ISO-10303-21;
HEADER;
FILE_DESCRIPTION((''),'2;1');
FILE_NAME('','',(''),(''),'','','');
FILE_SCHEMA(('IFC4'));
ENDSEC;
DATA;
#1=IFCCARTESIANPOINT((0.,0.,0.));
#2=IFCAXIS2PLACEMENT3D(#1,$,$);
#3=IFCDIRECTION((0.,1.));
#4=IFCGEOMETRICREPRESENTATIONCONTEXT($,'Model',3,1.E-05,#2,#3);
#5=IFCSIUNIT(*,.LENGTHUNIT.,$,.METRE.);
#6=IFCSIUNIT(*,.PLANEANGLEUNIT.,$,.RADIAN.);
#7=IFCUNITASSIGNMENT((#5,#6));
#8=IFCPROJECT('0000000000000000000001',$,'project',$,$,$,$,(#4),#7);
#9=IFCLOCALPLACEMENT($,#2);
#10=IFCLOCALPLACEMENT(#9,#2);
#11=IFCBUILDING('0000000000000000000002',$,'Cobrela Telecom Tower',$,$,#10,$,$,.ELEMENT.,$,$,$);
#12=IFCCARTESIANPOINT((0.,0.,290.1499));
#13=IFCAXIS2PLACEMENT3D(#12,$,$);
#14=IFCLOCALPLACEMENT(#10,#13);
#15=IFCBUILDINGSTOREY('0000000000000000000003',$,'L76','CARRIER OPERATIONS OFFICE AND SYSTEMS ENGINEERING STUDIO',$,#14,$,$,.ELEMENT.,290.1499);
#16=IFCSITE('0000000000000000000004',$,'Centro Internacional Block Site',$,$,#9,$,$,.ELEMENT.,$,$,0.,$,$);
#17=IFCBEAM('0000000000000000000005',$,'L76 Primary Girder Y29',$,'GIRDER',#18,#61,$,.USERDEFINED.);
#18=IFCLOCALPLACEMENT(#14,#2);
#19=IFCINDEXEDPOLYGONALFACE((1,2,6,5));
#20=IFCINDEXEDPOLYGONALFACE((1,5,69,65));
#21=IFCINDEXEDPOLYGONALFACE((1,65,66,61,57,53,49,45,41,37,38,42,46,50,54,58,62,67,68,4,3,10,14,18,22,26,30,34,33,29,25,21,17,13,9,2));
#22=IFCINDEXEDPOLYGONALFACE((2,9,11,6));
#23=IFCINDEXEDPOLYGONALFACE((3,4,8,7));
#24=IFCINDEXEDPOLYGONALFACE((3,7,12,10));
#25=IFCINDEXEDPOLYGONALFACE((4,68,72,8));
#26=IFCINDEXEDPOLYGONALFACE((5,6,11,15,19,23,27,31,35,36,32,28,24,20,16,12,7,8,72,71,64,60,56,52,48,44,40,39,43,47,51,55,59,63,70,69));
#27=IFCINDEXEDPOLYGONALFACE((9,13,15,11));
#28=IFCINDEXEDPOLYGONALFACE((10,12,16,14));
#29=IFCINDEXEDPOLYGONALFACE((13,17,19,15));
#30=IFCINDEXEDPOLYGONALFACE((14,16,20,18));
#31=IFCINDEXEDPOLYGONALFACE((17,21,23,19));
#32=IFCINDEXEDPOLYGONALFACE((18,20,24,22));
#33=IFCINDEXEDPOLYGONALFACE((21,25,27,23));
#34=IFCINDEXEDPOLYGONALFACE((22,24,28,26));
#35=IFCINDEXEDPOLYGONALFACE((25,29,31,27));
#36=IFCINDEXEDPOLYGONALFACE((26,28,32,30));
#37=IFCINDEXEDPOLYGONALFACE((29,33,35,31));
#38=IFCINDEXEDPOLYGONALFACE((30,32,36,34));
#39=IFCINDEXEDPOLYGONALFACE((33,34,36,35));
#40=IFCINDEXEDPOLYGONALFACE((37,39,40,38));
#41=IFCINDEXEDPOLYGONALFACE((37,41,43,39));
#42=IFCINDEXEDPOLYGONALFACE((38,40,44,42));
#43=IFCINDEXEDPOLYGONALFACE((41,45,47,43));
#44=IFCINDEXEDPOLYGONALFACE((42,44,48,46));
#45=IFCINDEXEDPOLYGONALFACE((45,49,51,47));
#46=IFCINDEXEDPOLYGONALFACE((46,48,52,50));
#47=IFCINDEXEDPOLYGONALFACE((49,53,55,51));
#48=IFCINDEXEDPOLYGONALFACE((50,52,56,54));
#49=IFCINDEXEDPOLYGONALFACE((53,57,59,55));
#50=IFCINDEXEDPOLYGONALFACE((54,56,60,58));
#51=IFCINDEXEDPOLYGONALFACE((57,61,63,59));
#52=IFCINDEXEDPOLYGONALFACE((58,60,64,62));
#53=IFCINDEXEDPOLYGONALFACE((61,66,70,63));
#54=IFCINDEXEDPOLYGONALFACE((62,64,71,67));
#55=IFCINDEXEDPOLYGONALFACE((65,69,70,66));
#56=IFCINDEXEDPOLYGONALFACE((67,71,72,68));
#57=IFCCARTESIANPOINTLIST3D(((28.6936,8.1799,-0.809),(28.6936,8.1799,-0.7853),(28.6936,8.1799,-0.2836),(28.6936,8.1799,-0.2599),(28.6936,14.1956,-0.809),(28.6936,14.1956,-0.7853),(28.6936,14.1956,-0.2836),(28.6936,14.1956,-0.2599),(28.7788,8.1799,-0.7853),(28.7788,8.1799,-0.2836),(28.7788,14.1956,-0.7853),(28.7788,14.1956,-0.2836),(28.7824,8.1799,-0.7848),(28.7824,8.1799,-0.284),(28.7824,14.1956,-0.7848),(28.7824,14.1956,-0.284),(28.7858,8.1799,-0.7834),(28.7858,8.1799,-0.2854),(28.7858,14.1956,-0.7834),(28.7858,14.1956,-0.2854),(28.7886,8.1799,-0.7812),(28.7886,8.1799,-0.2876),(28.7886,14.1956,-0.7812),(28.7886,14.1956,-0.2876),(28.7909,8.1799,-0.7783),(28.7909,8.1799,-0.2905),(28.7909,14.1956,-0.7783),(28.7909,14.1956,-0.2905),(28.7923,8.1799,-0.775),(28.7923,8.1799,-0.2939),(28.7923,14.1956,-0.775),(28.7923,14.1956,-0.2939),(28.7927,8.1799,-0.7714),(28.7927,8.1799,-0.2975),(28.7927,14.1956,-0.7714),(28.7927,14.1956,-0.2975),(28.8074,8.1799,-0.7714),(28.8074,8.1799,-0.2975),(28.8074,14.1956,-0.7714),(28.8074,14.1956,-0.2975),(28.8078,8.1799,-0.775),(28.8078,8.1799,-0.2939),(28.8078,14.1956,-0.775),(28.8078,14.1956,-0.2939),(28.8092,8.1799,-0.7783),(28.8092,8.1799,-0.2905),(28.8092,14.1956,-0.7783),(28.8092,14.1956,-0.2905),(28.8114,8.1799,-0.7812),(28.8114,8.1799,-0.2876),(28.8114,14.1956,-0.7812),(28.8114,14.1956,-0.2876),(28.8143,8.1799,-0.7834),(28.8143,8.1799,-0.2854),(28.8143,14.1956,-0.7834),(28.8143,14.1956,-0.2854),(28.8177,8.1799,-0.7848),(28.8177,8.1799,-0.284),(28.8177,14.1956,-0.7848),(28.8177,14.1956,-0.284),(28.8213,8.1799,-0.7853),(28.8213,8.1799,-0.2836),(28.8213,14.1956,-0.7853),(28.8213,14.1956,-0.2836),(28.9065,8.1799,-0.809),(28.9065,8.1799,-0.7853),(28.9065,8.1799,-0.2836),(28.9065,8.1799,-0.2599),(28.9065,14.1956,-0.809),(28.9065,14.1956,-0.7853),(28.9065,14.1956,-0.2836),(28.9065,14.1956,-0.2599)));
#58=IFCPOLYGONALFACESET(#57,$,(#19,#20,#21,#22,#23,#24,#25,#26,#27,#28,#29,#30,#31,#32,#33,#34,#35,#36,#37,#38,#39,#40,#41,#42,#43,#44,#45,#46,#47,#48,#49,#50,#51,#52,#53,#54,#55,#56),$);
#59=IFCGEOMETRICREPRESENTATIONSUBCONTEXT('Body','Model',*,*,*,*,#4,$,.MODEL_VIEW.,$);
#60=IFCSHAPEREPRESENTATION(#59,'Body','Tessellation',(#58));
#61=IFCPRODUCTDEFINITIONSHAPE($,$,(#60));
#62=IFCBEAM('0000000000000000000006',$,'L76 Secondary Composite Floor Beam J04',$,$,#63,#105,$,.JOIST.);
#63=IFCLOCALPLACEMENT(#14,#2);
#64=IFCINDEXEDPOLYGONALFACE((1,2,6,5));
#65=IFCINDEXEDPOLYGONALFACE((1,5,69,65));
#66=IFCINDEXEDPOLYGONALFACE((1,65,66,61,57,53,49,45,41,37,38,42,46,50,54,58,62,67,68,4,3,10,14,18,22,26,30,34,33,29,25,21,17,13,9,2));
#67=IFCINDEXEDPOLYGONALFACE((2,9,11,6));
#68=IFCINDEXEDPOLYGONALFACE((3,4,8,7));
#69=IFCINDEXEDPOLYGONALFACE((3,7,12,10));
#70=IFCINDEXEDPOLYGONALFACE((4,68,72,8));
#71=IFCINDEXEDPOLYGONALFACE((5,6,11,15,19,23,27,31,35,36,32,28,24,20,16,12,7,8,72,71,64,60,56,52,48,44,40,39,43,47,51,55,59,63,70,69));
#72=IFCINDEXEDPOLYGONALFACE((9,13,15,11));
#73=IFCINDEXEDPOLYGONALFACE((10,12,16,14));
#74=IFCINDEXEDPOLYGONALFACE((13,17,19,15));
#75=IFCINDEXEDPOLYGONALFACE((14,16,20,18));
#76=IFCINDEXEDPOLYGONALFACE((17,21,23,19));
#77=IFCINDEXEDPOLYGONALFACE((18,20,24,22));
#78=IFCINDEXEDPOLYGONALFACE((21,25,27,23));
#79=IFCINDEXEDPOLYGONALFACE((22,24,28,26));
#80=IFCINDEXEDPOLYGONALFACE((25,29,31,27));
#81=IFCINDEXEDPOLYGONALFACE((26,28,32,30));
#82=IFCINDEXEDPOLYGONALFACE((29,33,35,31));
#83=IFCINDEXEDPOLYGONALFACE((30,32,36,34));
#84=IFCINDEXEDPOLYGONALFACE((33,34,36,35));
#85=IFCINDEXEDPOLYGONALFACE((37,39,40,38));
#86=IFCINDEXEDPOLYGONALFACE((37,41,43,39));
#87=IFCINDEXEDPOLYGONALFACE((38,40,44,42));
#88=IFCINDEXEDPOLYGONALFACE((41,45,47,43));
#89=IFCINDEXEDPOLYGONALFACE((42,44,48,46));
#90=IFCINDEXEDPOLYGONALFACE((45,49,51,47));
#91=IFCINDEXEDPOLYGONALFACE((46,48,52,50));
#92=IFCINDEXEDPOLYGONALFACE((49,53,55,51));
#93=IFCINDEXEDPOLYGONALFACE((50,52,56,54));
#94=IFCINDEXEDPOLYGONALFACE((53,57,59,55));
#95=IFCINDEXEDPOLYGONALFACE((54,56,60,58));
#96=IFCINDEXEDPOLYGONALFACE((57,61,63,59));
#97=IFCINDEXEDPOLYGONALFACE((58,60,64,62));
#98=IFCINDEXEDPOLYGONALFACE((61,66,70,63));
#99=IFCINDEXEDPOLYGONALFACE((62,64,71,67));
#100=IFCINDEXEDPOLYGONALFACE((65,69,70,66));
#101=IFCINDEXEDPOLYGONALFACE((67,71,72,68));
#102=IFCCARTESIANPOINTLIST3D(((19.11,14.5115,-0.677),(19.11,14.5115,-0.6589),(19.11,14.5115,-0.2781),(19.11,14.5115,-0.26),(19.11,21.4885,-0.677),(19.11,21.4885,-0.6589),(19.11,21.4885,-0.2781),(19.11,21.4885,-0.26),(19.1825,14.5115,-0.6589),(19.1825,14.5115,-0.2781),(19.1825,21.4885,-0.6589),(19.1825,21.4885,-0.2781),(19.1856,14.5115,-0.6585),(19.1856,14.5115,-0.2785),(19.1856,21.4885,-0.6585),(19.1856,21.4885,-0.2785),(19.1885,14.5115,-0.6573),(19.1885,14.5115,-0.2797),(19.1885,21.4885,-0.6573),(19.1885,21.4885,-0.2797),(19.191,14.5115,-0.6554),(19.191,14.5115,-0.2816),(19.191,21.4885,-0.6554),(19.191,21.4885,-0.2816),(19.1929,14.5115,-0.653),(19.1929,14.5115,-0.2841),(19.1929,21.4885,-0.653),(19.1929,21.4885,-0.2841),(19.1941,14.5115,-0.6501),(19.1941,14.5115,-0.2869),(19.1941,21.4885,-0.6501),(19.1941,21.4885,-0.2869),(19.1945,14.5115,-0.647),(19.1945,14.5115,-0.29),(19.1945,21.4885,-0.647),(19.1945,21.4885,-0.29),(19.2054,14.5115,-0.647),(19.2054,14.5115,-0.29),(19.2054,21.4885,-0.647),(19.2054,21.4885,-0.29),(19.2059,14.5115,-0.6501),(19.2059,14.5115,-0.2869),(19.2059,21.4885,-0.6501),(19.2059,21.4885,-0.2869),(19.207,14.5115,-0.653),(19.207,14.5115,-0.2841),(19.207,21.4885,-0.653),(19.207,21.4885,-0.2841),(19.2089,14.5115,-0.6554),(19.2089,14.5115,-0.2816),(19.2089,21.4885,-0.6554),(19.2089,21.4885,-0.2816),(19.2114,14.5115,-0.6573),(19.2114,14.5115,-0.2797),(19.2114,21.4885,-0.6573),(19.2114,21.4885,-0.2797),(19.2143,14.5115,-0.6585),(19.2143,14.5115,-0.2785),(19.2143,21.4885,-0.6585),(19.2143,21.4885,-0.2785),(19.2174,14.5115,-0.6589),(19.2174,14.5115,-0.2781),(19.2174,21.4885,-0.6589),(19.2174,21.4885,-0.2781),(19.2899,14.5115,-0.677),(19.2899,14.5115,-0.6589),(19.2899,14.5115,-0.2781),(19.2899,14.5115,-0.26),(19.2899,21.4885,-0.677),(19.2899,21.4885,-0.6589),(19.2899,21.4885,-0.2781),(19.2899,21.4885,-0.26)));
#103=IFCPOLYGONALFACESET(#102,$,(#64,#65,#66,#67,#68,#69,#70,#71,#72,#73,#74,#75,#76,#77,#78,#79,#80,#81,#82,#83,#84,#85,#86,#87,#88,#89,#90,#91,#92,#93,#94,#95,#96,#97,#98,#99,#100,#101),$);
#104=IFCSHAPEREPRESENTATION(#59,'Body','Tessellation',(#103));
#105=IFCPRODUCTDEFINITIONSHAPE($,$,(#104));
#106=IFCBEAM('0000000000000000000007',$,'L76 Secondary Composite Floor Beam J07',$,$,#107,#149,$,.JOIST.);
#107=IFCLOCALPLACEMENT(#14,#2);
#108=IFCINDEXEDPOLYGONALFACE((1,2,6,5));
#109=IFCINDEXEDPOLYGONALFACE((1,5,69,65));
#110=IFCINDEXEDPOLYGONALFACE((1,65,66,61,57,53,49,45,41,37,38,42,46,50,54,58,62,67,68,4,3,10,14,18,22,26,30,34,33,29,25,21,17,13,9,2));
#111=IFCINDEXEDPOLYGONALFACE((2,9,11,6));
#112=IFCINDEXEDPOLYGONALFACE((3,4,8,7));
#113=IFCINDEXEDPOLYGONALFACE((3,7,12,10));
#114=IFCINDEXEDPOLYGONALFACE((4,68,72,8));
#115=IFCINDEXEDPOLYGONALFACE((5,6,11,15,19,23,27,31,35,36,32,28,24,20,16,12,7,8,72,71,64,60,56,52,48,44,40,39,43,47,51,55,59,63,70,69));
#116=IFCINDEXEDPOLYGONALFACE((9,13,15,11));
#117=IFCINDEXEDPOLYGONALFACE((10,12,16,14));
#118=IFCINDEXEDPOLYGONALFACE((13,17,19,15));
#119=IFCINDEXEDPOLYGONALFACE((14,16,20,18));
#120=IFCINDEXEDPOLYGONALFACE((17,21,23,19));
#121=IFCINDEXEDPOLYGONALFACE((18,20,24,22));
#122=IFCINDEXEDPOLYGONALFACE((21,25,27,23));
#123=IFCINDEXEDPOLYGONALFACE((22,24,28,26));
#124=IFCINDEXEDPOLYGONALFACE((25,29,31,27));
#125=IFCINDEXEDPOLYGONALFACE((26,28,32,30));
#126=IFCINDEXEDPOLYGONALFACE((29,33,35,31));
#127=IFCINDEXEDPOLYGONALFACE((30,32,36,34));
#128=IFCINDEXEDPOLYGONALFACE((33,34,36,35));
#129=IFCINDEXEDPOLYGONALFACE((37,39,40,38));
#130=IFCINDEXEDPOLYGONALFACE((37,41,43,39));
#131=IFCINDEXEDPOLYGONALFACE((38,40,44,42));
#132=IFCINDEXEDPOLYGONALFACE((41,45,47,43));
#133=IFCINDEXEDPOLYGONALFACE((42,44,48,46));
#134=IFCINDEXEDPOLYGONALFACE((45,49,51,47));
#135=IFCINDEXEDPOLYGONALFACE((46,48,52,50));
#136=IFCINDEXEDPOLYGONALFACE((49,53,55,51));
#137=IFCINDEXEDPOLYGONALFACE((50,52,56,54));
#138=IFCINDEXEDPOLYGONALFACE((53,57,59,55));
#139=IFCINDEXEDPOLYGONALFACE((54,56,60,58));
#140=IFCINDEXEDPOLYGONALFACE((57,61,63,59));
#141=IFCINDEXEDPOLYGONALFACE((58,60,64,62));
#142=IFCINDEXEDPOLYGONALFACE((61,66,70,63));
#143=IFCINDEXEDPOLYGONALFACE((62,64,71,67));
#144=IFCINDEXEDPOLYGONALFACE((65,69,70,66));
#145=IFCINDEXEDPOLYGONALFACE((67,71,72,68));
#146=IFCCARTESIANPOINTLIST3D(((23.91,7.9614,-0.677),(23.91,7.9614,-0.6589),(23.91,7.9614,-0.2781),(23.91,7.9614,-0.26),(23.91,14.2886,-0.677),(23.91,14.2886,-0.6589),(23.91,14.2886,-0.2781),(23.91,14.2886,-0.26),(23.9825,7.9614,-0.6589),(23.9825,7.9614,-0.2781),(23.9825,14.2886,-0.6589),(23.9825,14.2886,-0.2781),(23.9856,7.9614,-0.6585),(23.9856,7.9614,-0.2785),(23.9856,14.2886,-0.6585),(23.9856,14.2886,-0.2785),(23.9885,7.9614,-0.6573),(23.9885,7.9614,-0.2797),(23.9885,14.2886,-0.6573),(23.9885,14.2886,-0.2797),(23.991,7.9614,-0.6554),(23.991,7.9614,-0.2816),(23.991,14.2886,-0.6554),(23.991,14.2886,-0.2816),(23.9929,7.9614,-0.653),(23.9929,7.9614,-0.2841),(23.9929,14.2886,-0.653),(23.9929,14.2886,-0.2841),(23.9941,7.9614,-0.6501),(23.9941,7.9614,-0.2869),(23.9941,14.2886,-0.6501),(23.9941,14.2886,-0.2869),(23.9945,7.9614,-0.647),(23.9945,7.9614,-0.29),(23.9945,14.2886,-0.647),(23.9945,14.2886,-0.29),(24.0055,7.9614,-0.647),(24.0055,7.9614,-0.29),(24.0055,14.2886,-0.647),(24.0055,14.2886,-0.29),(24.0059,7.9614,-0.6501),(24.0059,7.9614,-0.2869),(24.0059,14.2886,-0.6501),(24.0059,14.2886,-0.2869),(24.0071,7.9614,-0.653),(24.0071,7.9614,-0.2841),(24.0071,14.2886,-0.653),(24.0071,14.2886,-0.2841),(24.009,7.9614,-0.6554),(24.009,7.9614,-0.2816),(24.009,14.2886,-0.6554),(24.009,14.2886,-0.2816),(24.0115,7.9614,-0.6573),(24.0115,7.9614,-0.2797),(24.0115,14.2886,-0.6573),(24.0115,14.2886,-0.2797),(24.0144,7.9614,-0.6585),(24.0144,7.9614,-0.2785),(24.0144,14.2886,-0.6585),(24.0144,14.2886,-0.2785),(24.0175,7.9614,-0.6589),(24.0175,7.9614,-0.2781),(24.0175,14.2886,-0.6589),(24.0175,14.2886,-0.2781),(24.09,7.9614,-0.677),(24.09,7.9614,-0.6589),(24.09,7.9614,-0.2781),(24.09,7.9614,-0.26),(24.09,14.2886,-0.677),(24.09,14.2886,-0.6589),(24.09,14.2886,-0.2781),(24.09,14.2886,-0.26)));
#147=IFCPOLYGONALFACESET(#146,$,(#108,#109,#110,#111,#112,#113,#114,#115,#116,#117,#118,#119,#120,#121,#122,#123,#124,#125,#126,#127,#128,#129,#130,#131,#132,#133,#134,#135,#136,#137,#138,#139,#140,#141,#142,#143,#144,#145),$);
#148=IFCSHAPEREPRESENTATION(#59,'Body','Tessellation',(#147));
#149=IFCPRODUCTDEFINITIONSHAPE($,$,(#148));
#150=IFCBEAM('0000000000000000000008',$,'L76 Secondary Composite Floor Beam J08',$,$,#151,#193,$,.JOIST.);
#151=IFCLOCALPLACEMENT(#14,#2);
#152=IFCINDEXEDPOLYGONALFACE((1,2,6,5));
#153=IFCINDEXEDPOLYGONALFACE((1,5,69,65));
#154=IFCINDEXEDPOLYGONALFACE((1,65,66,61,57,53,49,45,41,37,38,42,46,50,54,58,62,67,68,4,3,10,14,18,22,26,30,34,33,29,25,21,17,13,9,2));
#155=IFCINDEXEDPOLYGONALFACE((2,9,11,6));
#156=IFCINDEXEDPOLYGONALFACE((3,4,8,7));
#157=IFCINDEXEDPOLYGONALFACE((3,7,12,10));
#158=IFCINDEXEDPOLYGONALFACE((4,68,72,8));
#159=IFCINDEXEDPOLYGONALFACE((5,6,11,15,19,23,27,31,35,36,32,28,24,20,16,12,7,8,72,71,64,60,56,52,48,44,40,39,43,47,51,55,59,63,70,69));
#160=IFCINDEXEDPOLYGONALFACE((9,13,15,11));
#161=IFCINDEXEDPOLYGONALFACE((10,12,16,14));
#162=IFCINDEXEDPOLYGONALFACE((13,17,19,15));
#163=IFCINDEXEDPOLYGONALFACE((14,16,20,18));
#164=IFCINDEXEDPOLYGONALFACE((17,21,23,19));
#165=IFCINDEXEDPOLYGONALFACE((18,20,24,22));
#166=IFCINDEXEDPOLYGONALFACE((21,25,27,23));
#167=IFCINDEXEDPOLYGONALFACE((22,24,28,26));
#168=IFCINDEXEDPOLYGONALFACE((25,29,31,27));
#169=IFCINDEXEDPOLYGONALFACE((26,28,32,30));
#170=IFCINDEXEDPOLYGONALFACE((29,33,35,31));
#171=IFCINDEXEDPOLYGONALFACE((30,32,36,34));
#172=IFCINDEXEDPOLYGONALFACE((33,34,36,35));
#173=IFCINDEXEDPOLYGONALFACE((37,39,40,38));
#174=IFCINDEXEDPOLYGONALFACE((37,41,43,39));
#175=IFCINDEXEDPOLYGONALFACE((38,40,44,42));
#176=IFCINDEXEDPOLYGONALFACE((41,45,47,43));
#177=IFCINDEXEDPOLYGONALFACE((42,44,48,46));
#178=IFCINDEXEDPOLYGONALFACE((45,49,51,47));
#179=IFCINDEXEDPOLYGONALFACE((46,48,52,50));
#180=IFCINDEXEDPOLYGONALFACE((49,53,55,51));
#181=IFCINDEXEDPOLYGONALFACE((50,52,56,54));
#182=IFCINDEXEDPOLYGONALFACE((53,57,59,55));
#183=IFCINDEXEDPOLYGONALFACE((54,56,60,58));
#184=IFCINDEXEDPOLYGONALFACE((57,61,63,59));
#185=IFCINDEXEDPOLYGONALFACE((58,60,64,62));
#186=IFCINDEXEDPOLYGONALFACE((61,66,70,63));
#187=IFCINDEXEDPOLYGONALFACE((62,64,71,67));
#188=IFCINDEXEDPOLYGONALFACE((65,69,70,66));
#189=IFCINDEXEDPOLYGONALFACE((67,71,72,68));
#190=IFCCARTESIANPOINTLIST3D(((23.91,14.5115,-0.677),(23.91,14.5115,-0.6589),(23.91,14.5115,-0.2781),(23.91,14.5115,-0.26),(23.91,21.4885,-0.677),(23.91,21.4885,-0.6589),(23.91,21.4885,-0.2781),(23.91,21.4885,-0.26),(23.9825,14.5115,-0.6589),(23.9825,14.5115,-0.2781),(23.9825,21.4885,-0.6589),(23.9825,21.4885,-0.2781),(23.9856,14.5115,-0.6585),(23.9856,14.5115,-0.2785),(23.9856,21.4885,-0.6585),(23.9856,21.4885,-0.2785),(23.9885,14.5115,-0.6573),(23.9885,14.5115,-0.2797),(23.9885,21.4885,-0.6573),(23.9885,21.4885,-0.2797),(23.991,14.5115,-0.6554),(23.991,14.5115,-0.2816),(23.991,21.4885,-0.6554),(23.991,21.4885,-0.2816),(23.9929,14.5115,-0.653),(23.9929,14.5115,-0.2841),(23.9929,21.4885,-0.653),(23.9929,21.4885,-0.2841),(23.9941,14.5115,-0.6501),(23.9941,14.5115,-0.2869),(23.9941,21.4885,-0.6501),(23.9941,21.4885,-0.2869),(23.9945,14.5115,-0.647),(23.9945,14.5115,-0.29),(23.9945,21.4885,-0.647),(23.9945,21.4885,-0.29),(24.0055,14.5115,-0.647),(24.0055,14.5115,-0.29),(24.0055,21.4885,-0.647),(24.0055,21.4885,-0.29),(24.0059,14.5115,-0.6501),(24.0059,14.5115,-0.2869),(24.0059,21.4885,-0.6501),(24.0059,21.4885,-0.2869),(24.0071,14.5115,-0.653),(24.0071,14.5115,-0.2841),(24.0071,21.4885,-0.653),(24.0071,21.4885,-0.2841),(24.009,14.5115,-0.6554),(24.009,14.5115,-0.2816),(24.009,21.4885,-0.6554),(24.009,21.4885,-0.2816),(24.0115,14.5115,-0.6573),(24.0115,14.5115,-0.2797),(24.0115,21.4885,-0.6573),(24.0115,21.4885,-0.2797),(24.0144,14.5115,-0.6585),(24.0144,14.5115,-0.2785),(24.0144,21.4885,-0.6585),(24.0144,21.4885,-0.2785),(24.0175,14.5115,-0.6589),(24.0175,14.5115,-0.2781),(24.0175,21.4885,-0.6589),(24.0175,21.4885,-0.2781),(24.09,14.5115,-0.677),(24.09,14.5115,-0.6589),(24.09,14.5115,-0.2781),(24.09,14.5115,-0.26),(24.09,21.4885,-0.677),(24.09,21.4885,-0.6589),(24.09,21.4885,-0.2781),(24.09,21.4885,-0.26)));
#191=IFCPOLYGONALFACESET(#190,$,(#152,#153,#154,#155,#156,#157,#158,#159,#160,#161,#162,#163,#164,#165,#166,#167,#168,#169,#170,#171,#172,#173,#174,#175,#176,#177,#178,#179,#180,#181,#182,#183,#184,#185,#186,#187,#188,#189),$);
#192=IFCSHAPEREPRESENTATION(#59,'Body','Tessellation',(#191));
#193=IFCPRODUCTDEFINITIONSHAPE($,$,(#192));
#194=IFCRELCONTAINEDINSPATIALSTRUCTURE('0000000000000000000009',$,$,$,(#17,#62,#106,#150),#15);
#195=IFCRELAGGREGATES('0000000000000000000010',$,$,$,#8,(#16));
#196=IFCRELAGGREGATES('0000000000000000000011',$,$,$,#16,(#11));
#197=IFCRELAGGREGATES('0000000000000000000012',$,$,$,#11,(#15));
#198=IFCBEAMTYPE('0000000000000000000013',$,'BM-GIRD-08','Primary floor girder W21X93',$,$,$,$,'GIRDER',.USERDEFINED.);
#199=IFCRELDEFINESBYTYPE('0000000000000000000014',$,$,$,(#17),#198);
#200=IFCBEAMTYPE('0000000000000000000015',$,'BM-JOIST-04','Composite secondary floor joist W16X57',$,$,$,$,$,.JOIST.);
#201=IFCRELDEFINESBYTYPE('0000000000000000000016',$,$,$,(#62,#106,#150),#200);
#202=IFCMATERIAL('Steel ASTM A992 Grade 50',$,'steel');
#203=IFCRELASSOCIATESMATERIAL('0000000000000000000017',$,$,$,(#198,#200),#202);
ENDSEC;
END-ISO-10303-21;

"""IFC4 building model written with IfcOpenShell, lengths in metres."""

from ifc_helpers import new_model, si_unit, direction, frame, origin, origin_2d, place, context, subcontext, project, spatial, i_section, extrude, material, material_profile, profile_set, type_object, element, save


model = new_model("IFC4")

# Units and contexts
model_context = context("Model", 3, precision=1e-05, world=origin(), true_north=direction((0.0, 1.0)))
body_context = subcontext(model_context, "Body", "Model", "MODEL_VIEW")
ifc_project = project(units=[si_unit("LENGTHUNIT", "METRE"), si_unit("PLANEANGLEUNIT", "RADIAN")], contexts=[model_context])

# Site, building, storey
site_placement = place(None, origin())
site = spatial("IfcSite", under=ifc_project, at=site_placement, Name="Centro Internacional Block Site", CompositionType="ELEMENT", RefElevation=0.0)
building_placement = place(site_placement, origin())
building = spatial("IfcBuilding", under=site, at=building_placement, Name="Cobrela Telecom Tower", CompositionType="ELEMENT")
storey_placement = place(building_placement, frame((0.0, 0.0, 290.1499)))
storey = spatial("IfcBuildingStorey", under=building, at=storey_placement, Name="L76", Description="CARRIER OPERATIONS OFFICE AND SYSTEMS ENGINEERING STUDIO", CompositionType="ELEMENT", Elevation=290.1499)

# Shared definitions
ifc_material_1 = material(Name="Steel ASTM A992 Grade 50", Category="steel")

# Beams
ifc_material_profile_1 = material_profile(ifc_material_1, i_section(OverallWidth=0.2129, OverallDepth=0.5491, WebThickness=0.0146, FlangeThickness=0.0237, FilletRadius=0.0139, at=origin_2d()), Name="W21X93")
ifc_profile_set_1 = profile_set([ifc_material_profile_1], Name="Steel ASTM A992 Grade 50")
beam_type_1 = type_object("IfcBeamType", Name="BM-GIRD-08", Description="Primary floor girder W21X93", ElementType="GIRDER", PredefinedType="USERDEFINED", material=ifc_profile_set_1)
for number, where, z_axis, x_axis, name in (
    (1, (28.8, 8.1799, -0.5344), (0.0, 1.0, 0.0), (-1.0, 0.0, 0.0), "L76 Primary Girder Y29"),
):
    element("IfcBeam", number, at=place(storey_placement, frame(where, z_axis=z_axis, x_axis=x_axis)), inside=storey, type_object=beam_type_1, Name=name, ObjectType="GIRDER", PredefinedType="USERDEFINED", context=body_context, shape_type="SweptSolid", body=[
        extrude(i_section(OverallWidth=0.2129, OverallDepth=0.5491, WebThickness=0.0146, FlangeThickness=0.0237, FilletRadius=0.0139, at=origin_2d()), origin(), (0.0, 0.0, 1.0), 6.0156),
    ])
ifc_material_profile_2 = material_profile(ifc_material_1, i_section(OverallWidth=0.1799, OverallDepth=0.417, WebThickness=0.011, FlangeThickness=0.0181, FilletRadius=0.012, at=origin_2d()), Name="W16X57")
ifc_profile_set_2 = profile_set([ifc_material_profile_2], Name="Steel ASTM A992 Grade 50")
beam_type_2 = type_object("IfcBeamType", Name="BM-JOIST-04", Description="Composite secondary floor joist W16X57", PredefinedType="JOIST", material=ifc_profile_set_2)
beam_1_placement = place(storey_placement, frame((19.2, 14.5115, -0.4685), z_axis=(0.0, 1.0, 0.0), x_axis=(-1.0, 0.0, 0.0)))
element("IfcBeam", 2, at=beam_1_placement, inside=storey, type_object=beam_type_2, Name="L76 Secondary Composite Floor Beam J04", PredefinedType="JOIST", context=body_context, shape_type="SweptSolid", body=[
    extrude(i_section(OverallWidth=0.1799, OverallDepth=0.417, WebThickness=0.011, FlangeThickness=0.0181, FilletRadius=0.012, at=origin_2d()), origin(), (0.0, 0.0, 1.0), 6.9771),
])
beam_2_placement = place(storey_placement, frame((24.0, 7.9614, -0.4685), z_axis=(0.0, 1.0, 0.0), x_axis=(-1.0, 0.0, 0.0)))
element("IfcBeam", 3, at=beam_2_placement, inside=storey, type_object=beam_type_2, Name="L76 Secondary Composite Floor Beam J07", PredefinedType="JOIST", context=body_context, shape_type="SweptSolid", body=[
    extrude(i_section(OverallWidth=0.1799, OverallDepth=0.417, WebThickness=0.011, FlangeThickness=0.0181, FilletRadius=0.012, at=origin_2d()), origin(), (0.0, 0.0, 1.0), 6.3271),
])
beam_3_placement = place(storey_placement, frame((24.0, 14.5115, -0.4685), z_axis=(0.0, 1.0, 0.0), x_axis=(-1.0, 0.0, 0.0)))
element("IfcBeam", 4, at=beam_3_placement, inside=storey, type_object=beam_type_2, Name="L76 Secondary Composite Floor Beam J08", PredefinedType="JOIST", context=body_context, shape_type="SweptSolid", body=[
    extrude(i_section(OverallWidth=0.1799, OverallDepth=0.417, WebThickness=0.011, FlangeThickness=0.0181, FilletRadius=0.012, at=origin_2d()), origin(), (0.0, 0.0, 1.0), 6.9771),
])

save(model, "model.ifc")
